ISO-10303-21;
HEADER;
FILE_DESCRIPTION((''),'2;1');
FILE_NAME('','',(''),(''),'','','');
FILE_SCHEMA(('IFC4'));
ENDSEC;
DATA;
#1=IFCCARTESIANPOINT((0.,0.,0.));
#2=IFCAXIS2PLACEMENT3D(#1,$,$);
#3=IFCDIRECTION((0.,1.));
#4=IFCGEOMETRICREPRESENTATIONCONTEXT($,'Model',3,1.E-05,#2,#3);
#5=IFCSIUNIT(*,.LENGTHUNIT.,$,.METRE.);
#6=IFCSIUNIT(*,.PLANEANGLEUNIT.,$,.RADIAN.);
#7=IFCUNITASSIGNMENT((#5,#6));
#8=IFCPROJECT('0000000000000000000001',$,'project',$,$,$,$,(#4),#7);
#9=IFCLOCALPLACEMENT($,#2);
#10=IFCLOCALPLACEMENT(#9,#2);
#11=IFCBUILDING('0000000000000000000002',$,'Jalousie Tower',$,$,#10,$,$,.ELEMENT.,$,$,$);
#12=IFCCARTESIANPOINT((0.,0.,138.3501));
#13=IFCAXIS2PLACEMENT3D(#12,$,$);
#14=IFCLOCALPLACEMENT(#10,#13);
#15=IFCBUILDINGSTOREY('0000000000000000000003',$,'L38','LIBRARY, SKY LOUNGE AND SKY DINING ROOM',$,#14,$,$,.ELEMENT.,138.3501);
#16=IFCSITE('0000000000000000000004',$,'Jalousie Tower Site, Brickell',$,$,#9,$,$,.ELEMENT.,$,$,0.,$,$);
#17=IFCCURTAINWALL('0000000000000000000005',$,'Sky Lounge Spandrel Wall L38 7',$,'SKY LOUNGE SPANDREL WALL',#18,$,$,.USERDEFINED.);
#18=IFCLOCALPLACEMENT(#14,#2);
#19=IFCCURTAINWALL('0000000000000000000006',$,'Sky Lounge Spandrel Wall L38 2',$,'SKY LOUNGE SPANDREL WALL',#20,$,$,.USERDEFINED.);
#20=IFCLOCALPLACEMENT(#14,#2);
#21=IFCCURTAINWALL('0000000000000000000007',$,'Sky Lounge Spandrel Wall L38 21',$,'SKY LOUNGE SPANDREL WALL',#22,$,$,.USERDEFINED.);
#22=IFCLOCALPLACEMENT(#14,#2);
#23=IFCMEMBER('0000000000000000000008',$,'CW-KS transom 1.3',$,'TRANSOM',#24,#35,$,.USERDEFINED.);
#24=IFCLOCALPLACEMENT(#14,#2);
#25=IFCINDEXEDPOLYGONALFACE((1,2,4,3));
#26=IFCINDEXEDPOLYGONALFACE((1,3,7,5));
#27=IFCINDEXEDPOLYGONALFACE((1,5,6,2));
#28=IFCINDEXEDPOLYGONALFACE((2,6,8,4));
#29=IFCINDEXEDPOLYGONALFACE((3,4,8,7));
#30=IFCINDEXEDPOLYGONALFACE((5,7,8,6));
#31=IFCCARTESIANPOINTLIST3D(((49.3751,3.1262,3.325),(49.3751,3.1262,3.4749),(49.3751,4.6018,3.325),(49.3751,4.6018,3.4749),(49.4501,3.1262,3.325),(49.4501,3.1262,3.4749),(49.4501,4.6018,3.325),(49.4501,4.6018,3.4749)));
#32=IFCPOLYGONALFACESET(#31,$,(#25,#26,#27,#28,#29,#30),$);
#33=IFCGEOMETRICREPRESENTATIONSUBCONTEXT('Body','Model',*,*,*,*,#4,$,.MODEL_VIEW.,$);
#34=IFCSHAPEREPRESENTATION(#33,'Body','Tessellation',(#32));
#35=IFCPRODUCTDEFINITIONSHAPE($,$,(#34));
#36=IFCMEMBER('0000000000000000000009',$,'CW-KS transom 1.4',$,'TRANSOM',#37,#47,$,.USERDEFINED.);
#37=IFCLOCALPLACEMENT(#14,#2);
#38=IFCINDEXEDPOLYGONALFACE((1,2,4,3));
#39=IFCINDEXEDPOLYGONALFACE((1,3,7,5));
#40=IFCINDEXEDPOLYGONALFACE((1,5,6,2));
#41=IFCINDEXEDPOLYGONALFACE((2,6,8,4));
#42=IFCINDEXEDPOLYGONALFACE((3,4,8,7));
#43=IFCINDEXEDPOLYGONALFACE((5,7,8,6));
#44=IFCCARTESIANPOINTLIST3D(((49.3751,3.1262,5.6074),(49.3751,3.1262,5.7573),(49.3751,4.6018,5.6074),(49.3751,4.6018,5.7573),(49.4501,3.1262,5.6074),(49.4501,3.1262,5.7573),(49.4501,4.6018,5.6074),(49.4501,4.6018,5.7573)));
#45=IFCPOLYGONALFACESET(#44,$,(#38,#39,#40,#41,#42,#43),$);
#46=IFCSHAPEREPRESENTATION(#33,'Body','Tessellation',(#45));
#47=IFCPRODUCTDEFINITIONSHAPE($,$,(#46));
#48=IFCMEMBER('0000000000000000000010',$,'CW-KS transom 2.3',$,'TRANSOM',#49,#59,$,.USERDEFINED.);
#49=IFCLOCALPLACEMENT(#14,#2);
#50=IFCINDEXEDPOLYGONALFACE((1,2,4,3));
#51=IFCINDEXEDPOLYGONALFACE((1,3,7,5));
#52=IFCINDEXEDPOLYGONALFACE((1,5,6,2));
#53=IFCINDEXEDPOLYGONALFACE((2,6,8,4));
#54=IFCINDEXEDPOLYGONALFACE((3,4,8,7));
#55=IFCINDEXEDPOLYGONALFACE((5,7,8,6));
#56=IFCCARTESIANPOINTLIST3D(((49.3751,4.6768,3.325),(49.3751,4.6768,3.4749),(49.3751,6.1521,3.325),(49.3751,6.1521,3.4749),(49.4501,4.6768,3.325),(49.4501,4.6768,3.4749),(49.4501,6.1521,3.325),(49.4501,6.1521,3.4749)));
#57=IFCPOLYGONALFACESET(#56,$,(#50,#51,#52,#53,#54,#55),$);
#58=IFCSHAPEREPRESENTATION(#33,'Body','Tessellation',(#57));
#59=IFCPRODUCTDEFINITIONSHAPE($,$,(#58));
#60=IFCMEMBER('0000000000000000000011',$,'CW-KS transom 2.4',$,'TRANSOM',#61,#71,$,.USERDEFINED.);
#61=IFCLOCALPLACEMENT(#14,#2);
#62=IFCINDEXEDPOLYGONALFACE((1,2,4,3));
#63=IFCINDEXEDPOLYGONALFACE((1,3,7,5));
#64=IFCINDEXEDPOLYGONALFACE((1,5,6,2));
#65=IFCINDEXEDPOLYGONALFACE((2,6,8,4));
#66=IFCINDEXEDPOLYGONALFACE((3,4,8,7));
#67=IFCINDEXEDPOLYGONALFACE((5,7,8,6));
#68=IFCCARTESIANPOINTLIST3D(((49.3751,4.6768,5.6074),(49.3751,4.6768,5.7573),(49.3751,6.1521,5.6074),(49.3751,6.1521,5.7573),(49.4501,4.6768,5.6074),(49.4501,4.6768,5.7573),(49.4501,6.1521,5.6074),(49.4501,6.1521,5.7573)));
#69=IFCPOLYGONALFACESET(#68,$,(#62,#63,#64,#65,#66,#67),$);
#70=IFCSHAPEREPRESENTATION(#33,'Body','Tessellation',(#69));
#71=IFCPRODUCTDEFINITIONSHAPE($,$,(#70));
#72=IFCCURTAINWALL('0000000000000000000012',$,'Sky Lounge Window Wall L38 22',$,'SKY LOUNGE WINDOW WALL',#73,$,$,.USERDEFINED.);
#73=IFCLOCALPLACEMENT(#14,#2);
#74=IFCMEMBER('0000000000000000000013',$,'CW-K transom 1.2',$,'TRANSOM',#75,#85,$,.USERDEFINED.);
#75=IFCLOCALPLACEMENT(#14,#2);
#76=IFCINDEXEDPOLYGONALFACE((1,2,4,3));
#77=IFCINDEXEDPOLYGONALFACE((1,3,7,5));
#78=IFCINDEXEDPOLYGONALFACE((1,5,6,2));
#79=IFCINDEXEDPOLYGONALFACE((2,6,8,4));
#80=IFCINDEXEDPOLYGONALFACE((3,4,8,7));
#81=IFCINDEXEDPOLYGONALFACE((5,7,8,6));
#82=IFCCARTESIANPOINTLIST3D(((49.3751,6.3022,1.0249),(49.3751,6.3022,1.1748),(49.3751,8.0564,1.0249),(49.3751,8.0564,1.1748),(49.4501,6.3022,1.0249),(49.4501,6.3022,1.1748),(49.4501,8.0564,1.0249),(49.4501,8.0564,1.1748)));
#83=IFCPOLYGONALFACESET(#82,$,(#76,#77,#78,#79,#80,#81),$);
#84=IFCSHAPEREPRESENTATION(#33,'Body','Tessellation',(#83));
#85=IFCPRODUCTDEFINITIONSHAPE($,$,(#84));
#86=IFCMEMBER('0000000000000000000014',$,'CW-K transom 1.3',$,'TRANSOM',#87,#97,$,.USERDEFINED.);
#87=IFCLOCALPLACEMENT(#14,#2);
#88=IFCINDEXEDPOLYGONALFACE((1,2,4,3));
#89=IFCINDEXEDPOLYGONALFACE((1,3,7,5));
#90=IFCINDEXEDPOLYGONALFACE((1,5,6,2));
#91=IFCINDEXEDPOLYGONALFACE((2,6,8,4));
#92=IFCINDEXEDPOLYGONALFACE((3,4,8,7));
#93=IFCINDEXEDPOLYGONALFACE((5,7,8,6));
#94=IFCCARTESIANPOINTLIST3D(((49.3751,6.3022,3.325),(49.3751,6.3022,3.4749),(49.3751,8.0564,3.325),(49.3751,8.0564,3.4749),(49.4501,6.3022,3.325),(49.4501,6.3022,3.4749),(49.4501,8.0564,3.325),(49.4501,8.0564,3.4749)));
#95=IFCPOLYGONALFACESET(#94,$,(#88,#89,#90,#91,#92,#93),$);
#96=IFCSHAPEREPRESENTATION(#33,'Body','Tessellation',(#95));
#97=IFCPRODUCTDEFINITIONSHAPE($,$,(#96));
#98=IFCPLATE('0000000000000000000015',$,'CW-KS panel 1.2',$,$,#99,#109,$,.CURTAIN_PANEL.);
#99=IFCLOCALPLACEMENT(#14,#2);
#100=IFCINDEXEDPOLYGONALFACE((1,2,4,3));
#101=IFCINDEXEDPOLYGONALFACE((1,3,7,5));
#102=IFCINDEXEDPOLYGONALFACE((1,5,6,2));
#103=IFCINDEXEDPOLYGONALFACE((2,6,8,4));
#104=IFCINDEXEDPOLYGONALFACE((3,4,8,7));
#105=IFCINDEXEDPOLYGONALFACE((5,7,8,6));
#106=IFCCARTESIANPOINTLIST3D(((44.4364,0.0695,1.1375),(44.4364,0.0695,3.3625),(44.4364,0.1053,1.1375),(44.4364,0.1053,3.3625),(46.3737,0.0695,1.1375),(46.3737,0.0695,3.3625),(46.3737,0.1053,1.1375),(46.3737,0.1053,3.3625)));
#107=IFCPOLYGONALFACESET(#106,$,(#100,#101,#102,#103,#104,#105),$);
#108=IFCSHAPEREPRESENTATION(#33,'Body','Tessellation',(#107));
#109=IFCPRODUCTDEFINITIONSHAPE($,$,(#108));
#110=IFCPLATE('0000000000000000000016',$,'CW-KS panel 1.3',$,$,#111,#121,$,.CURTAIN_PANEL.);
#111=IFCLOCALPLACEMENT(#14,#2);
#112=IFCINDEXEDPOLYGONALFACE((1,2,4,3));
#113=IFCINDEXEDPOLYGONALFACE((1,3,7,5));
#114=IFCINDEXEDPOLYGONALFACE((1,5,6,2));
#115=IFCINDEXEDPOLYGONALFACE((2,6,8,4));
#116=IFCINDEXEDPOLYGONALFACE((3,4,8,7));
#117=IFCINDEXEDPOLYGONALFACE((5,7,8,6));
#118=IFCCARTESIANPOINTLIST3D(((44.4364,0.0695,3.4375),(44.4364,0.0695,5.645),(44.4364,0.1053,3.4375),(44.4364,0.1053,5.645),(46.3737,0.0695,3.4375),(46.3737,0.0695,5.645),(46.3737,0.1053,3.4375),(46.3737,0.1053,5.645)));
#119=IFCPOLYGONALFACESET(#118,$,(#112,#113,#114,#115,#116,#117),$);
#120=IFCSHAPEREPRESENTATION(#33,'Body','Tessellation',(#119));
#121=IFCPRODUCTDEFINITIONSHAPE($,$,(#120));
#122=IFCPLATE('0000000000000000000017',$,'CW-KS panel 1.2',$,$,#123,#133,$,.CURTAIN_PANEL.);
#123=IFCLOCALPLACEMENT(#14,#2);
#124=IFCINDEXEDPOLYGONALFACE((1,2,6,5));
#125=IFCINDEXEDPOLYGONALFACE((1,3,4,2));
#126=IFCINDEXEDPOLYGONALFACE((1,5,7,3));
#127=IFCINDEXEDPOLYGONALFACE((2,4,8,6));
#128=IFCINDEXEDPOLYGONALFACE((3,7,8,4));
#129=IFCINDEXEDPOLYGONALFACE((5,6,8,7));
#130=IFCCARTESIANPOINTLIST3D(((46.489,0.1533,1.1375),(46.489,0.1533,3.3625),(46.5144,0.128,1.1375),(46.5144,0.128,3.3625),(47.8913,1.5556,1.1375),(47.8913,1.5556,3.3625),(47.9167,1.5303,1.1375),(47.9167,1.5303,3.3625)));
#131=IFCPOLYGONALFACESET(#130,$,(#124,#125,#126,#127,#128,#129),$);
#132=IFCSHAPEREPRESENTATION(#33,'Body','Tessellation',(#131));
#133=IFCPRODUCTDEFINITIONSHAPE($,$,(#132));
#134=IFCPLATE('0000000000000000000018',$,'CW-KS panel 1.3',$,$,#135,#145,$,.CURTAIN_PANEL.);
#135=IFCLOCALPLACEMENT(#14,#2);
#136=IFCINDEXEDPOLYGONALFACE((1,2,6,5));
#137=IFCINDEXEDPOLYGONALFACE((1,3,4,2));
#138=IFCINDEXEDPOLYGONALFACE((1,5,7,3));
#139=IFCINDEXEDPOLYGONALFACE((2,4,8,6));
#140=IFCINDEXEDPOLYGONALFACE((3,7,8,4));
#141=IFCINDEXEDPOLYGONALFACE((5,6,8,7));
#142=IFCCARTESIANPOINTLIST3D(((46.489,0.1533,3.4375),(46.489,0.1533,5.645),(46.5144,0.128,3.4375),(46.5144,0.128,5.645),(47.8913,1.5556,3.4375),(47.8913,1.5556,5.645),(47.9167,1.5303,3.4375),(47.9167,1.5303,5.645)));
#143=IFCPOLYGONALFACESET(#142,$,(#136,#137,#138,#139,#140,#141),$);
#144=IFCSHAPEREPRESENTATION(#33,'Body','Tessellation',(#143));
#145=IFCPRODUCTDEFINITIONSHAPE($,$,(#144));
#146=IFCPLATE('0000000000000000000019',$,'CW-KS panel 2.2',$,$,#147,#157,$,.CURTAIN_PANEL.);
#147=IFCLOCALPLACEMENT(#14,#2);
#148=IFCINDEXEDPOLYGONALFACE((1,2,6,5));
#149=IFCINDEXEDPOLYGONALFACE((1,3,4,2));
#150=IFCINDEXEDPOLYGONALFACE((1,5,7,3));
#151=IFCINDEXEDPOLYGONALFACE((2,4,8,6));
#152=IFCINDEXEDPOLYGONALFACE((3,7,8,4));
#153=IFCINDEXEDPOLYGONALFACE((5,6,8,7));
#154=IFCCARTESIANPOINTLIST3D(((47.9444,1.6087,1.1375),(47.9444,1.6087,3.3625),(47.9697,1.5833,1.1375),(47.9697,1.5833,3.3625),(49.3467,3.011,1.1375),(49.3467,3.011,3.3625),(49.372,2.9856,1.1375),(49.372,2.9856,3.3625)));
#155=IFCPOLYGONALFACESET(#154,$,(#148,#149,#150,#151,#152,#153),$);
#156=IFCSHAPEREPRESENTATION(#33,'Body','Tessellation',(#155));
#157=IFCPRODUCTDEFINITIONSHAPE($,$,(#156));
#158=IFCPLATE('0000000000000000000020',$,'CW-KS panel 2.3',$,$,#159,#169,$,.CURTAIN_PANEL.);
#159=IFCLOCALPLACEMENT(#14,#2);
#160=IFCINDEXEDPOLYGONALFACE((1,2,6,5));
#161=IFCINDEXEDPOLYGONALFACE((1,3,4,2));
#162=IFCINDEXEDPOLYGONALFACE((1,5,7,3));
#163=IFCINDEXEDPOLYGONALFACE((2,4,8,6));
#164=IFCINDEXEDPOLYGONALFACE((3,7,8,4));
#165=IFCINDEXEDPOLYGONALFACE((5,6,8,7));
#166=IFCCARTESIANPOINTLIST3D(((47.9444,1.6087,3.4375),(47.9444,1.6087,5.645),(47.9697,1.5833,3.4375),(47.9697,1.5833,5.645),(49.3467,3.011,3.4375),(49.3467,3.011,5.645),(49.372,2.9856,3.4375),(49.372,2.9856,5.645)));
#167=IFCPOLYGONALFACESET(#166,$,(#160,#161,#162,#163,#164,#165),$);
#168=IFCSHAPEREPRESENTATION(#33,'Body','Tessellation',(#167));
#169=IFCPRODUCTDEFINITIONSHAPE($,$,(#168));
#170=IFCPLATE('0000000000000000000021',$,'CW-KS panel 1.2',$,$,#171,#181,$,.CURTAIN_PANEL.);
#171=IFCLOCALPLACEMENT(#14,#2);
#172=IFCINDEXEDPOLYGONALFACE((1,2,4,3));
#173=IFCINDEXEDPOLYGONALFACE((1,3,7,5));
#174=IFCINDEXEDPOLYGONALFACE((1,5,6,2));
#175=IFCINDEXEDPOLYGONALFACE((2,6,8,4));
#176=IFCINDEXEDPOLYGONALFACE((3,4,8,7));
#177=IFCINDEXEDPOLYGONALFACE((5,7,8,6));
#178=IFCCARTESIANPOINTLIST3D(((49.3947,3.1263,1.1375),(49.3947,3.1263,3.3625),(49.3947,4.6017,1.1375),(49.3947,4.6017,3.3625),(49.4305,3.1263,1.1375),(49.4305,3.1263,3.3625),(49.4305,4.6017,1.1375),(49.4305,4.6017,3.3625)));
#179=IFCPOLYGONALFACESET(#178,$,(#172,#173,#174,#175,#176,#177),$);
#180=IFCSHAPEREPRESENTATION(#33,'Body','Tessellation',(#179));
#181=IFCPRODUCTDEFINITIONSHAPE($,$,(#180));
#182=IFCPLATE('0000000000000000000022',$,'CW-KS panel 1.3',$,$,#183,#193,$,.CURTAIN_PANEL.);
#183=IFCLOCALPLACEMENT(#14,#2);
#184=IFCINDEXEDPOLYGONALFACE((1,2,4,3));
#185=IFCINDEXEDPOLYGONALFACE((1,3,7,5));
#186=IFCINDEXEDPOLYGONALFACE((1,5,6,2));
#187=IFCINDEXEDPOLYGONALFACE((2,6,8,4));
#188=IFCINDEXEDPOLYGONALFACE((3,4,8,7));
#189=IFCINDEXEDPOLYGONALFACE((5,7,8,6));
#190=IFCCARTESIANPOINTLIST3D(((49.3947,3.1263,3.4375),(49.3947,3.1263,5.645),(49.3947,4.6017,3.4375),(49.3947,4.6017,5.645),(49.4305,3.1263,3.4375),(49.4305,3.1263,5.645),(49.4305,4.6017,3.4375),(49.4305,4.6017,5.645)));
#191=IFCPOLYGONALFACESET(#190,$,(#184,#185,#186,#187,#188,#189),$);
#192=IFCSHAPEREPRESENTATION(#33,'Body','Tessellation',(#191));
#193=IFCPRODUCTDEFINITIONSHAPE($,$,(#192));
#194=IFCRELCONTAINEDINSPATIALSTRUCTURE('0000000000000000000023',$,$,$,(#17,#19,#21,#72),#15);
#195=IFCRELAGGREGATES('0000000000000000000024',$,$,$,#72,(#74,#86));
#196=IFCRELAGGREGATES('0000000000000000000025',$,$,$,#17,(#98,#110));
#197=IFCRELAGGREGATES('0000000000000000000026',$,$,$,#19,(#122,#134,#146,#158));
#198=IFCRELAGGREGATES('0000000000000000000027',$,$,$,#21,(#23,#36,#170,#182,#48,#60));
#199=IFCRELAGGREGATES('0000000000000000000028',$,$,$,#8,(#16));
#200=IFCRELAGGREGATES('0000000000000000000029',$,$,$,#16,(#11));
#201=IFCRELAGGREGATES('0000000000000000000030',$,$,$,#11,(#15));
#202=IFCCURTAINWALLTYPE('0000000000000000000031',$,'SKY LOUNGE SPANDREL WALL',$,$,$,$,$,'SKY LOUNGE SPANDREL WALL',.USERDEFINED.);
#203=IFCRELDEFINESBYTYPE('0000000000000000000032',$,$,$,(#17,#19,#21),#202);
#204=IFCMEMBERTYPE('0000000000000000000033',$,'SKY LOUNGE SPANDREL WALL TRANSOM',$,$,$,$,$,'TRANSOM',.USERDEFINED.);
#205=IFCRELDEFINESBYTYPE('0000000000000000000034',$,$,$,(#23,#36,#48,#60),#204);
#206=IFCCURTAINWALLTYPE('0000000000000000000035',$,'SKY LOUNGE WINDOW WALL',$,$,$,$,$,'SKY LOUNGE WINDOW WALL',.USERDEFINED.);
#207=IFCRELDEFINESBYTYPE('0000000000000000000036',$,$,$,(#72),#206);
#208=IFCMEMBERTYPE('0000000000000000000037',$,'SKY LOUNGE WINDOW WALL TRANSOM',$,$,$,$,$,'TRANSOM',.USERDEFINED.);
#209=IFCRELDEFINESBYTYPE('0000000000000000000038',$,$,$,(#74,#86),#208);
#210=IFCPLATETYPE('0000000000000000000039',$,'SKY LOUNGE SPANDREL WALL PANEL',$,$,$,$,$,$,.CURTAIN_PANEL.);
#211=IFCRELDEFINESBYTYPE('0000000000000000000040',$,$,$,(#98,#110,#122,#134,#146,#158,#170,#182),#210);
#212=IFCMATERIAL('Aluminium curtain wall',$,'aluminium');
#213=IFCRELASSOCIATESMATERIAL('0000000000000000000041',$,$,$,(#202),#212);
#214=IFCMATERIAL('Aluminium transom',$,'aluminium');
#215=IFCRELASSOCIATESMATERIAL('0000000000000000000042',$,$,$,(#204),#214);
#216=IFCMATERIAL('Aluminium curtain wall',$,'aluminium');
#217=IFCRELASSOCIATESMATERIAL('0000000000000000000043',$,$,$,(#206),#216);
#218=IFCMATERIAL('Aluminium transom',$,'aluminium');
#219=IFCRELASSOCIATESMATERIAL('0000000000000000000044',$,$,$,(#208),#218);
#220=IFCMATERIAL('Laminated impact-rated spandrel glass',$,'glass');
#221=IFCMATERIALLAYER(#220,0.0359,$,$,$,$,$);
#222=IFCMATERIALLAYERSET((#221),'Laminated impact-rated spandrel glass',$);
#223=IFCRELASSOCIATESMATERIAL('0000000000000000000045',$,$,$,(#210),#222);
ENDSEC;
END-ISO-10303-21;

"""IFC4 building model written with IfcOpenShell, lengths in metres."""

from ifc_helpers import new_model, si_unit, direction, frame, origin, origin_2d, place, context, subcontext, project, spatial, rectangle, extrude, material, layer, layer_set, material_profile, profile_set, type_object, element, aggregate, save


model = new_model("IFC4")

# Units and contexts
model_context = context("Model", 3, precision=1e-05, world=origin(), true_north=direction((0.0, 1.0)))
body_context = subcontext(model_context, "Body", "Model", "MODEL_VIEW")
ifc_project = project(units=[si_unit("LENGTHUNIT", "METRE"), si_unit("PLANEANGLEUNIT", "RADIAN")], contexts=[model_context])

# Site, building, storey
site_placement = place(None, origin())
site = spatial("IfcSite", under=ifc_project, at=site_placement, Name="Jalousie Tower Site, Brickell", CompositionType="ELEMENT", RefElevation=0.0)
building_placement = place(site_placement, origin())
building = spatial("IfcBuilding", under=site, at=building_placement, Name="Jalousie Tower", CompositionType="ELEMENT")
storey_placement = place(building_placement, frame((0.0, 0.0, 138.3501)))
storey = spatial("IfcBuildingStorey", under=building, at=storey_placement, Name="L38", Description="LIBRARY, SKY LOUNGE AND SKY DINING ROOM", CompositionType="ELEMENT", Elevation=138.3501)

# Curtain walls, members
ifc_material_1 = material(Name="Aluminium curtain wall", Category="aluminium")
curtain_wall_type_1 = type_object("IfcCurtainWallType", Name="SKY LOUNGE SPANDREL WALL", ElementType="SKY LOUNGE SPANDREL WALL", PredefinedType="USERDEFINED", material=ifc_material_1)
curtain_wall_1_placement = place(storey_placement, origin())
curtain_wall_1 = element("IfcCurtainWall", 1, at=curtain_wall_1_placement, inside=storey, type_object=curtain_wall_type_1, Name="Sky Lounge Spandrel Wall L38 7", ObjectType="SKY LOUNGE SPANDREL WALL", PredefinedType="USERDEFINED")
ifc_material_2 = material(Name="Aluminium transom", Category="aluminium")
ifc_material_profile_1 = material_profile(ifc_material_2, rectangle(XDim=0.075, YDim=0.1499, at=origin_2d()), Name="TRANSOM 75x150")
ifc_profile_set_1 = profile_set([ifc_material_profile_1], Name="Aluminium transom")
member_type_1 = type_object("IfcMemberType", Name="SKY LOUNGE SPANDREL WALL TRANSOM", ElementType="TRANSOM", PredefinedType="USERDEFINED", material=ifc_profile_set_1)
curtain_wall_2_placement = place(storey_placement, origin())
curtain_wall_2 = element("IfcCurtainWall", 2, at=curtain_wall_2_placement, inside=storey, type_object=curtain_wall_type_1, Name="Sky Lounge Spandrel Wall L38 2", ObjectType="SKY LOUNGE SPANDREL WALL", PredefinedType="USERDEFINED")
curtain_wall_3_placement = place(storey_placement, origin())
curtain_wall_3 = element("IfcCurtainWall", 3, at=curtain_wall_3_placement, inside=storey, type_object=curtain_wall_type_1, Name="Sky Lounge Spandrel Wall L38 21", ObjectType="SKY LOUNGE SPANDREL WALL", PredefinedType="USERDEFINED")
member_1_placement = place(storey_placement, frame((49.4126, 3.1262, 3.3999), z_axis=(0.0, 1.0, 0.0), x_axis=(-1.0, 0.0, 0.0)))
member_1 = element("IfcMember", 4, at=member_1_placement, type_object=member_type_1, Name="CW-KS transom 1.3", ObjectType="TRANSOM", PredefinedType="USERDEFINED", context=body_context, shape_type="SweptSolid", body=[
    extrude(rectangle(XDim=0.075, YDim=0.1499, at=origin_2d()), origin(), (0.0, 0.0, 1.0), 1.4756),
])
member_2_placement = place(storey_placement, frame((49.4126, 3.1262, 5.6824), z_axis=(0.0, 1.0, 0.0), x_axis=(-1.0, 0.0, 0.0)))
member_2 = element("IfcMember", 5, at=member_2_placement, type_object=member_type_1, Name="CW-KS transom 1.4", ObjectType="TRANSOM", PredefinedType="USERDEFINED", context=body_context, shape_type="SweptSolid", body=[
    extrude(rectangle(XDim=0.075, YDim=0.1499, at=origin_2d()), origin(), (0.0, 0.0, 1.0), 1.4756),
])
member_3_placement = place(storey_placement, frame((49.4126, 4.6768, 3.3999), z_axis=(0.0, 1.0, 0.0), x_axis=(-1.0, 0.0, 0.0)))
member_3 = element("IfcMember", 6, at=member_3_placement, type_object=member_type_1, Name="CW-KS transom 2.3", ObjectType="TRANSOM", PredefinedType="USERDEFINED", context=body_context, shape_type="SweptSolid", body=[
    extrude(rectangle(XDim=0.075, YDim=0.1499, at=origin_2d()), origin(), (0.0, 0.0, 1.0), 1.4753),
])
member_4_placement = place(storey_placement, frame((49.4126, 4.6768, 5.6824), z_axis=(0.0, 1.0, 0.0), x_axis=(-1.0, 0.0, 0.0)))
member_4 = element("IfcMember", 7, at=member_4_placement, type_object=member_type_1, Name="CW-KS transom 2.4", ObjectType="TRANSOM", PredefinedType="USERDEFINED", context=body_context, shape_type="SweptSolid", body=[
    extrude(rectangle(XDim=0.075, YDim=0.1499, at=origin_2d()), origin(), (0.0, 0.0, 1.0), 1.4753),
])
ifc_material_3 = material(Name="Aluminium curtain wall", Category="aluminium")
curtain_wall_type_2 = type_object("IfcCurtainWallType", Name="SKY LOUNGE WINDOW WALL", ElementType="SKY LOUNGE WINDOW WALL", PredefinedType="USERDEFINED", material=ifc_material_3)
curtain_wall_4_placement = place(storey_placement, origin())
curtain_wall_4 = element("IfcCurtainWall", 8, at=curtain_wall_4_placement, inside=storey, type_object=curtain_wall_type_2, Name="Sky Lounge Window Wall L38 22", ObjectType="SKY LOUNGE WINDOW WALL", PredefinedType="USERDEFINED")
ifc_material_4 = material(Name="Aluminium transom", Category="aluminium")
ifc_material_profile_2 = material_profile(ifc_material_4, rectangle(XDim=0.075, YDim=0.1499, at=origin_2d()), Name="TRANSOM 75x150")
ifc_profile_set_2 = profile_set([ifc_material_profile_2], Name="Aluminium transom")
member_type_2 = type_object("IfcMemberType", Name="SKY LOUNGE WINDOW WALL TRANSOM", ElementType="TRANSOM", PredefinedType="USERDEFINED", material=ifc_profile_set_2)
member_5_placement = place(storey_placement, frame((49.4126, 6.3022, 1.0999), z_axis=(0.0, 1.0, 0.0), x_axis=(-1.0, 0.0, 0.0)))
member_5 = element("IfcMember", 9, at=member_5_placement, type_object=member_type_2, Name="CW-K transom 1.2", ObjectType="TRANSOM", PredefinedType="USERDEFINED", context=body_context, shape_type="SweptSolid", body=[
    extrude(rectangle(XDim=0.075, YDim=0.1499, at=origin_2d()), origin(), (0.0, 0.0, 1.0), 1.7542),
])
member_6_placement = place(storey_placement, frame((49.4126, 6.3022, 3.3999), z_axis=(0.0, 1.0, 0.0), x_axis=(-1.0, 0.0, 0.0)))
member_6 = element("IfcMember", 10, at=member_6_placement, type_object=member_type_2, Name="CW-K transom 1.3", ObjectType="TRANSOM", PredefinedType="USERDEFINED", context=body_context, shape_type="SweptSolid", body=[
    extrude(rectangle(XDim=0.075, YDim=0.1499, at=origin_2d()), origin(), (0.0, 0.0, 1.0), 1.7542),
])
aggregate(curtain_wall_4, [member_5, member_6])

# Plates
ifc_material_5 = material(Name="Laminated impact-rated spandrel glass", Category="glass")
ifc_layer = layer(ifc_material_5, 0.0359)
ifc_layer_set = layer_set([ifc_layer], Name="Laminated impact-rated spandrel glass")
plate_type = type_object("IfcPlateType", Name="SKY LOUNGE SPANDREL WALL PANEL", PredefinedType="CURTAIN_PANEL", material=ifc_layer_set)
plate_1_placement = place(storey_placement, frame((45.405, 0.0874, 1.1375), z_axis=(0.0, 0.0, 1.0), x_axis=(1.0, 0.0, 0.0)))
plate_1 = element("IfcPlate", 11, at=plate_1_placement, type_object=plate_type, Name="CW-KS panel 1.2", PredefinedType="CURTAIN_PANEL", context=body_context, shape_type="SweptSolid", body=[
    extrude(rectangle(XDim=1.9373, YDim=0.0359, at=origin_2d()), origin(), (0.0, 0.0, 1.0), 2.2251),
])
plate_2_placement = place(storey_placement, frame((45.405, 0.0874, 3.4375), z_axis=(0.0, 0.0, 1.0), x_axis=(1.0, 0.0, 0.0)))
plate_2 = element("IfcPlate", 12, at=plate_2_placement, type_object=plate_type, Name="CW-KS panel 1.3", PredefinedType="CURTAIN_PANEL", context=body_context, shape_type="SweptSolid", body=[
    extrude(rectangle(XDim=1.9373, YDim=0.0359, at=origin_2d()), origin(), (0.0, 0.0, 1.0), 2.2075),
])
aggregate(curtain_wall_1, [plate_1, plate_2])
plate_3_placement = place(storey_placement, frame((47.2029, 0.8418, 1.1375), z_axis=(0.0, 0.0, 1.0), x_axis=(0.707107, 0.707107, 0.0)))
plate_3 = element("IfcPlate", 13, at=plate_3_placement, type_object=plate_type, Name="CW-KS panel 1.2", PredefinedType="CURTAIN_PANEL", context=body_context, shape_type="SweptSolid", body=[
    extrude(rectangle(XDim=1.9832, YDim=0.0359, at=origin_2d()), origin(), (0.0, 0.0, 1.0), 2.2251),
])
plate_4_placement = place(storey_placement, frame((47.2029, 0.8418, 3.4375), z_axis=(0.0, 0.0, 1.0), x_axis=(0.707107, 0.707107, 0.0)))
plate_4 = element("IfcPlate", 14, at=plate_4_placement, type_object=plate_type, Name="CW-KS panel 1.3", PredefinedType="CURTAIN_PANEL", context=body_context, shape_type="SweptSolid", body=[
    extrude(rectangle(XDim=1.9832, YDim=0.0359, at=origin_2d()), origin(), (0.0, 0.0, 1.0), 2.2075),
])
plate_5_placement = place(storey_placement, frame((48.6582, 2.2971, 1.1375), z_axis=(0.0, 0.0, 1.0), x_axis=(0.707107, 0.707107, 0.0)))
plate_5 = element("IfcPlate", 15, at=plate_5_placement, type_object=plate_type, Name="CW-KS panel 2.2", PredefinedType="CURTAIN_PANEL", context=body_context, shape_type="SweptSolid", body=[
    extrude(rectangle(XDim=1.9832, YDim=0.0359, at=origin_2d()), origin(), (0.0, 0.0, 1.0), 2.2251),
])
plate_6_placement = place(storey_placement, frame((48.6582, 2.2971, 3.4375), z_axis=(0.0, 0.0, 1.0), x_axis=(0.707107, 0.707107, 0.0)))
plate_6 = element("IfcPlate", 16, at=plate_6_placement, type_object=plate_type, Name="CW-KS panel 2.3", PredefinedType="CURTAIN_PANEL", context=body_context, shape_type="SweptSolid", body=[
    extrude(rectangle(XDim=1.9832, YDim=0.0359, at=origin_2d()), origin(), (0.0, 0.0, 1.0), 2.2075),
])
aggregate(curtain_wall_2, [plate_3, plate_4, plate_5, plate_6])
plate_7_placement = place(storey_placement, frame((49.4126, 3.864, 1.1375), z_axis=(0.0, 0.0, 1.0), x_axis=(0.0, 1.0, 0.0)))
plate_7 = element("IfcPlate", 17, at=plate_7_placement, type_object=plate_type, Name="CW-KS panel 1.2", PredefinedType="CURTAIN_PANEL", context=body_context, shape_type="SweptSolid", body=[
    extrude(rectangle(XDim=1.4753, YDim=0.0359, at=origin_2d()), origin(), (0.0, 0.0, 1.0), 2.2251),
])
plate_8_placement = place(storey_placement, frame((49.4126, 3.864, 3.4375), z_axis=(0.0, 0.0, 1.0), x_axis=(0.0, 1.0, 0.0)))
plate_8 = element("IfcPlate", 18, at=plate_8_placement, type_object=plate_type, Name="CW-KS panel 1.3", PredefinedType="CURTAIN_PANEL", context=body_context, shape_type="SweptSolid", body=[
    extrude(rectangle(XDim=1.4753, YDim=0.0359, at=origin_2d()), origin(), (0.0, 0.0, 1.0), 2.2075),
])
aggregate(curtain_wall_3, [member_1, member_2, plate_7, plate_8, member_3, member_4])

save(model, "model.ifc")
